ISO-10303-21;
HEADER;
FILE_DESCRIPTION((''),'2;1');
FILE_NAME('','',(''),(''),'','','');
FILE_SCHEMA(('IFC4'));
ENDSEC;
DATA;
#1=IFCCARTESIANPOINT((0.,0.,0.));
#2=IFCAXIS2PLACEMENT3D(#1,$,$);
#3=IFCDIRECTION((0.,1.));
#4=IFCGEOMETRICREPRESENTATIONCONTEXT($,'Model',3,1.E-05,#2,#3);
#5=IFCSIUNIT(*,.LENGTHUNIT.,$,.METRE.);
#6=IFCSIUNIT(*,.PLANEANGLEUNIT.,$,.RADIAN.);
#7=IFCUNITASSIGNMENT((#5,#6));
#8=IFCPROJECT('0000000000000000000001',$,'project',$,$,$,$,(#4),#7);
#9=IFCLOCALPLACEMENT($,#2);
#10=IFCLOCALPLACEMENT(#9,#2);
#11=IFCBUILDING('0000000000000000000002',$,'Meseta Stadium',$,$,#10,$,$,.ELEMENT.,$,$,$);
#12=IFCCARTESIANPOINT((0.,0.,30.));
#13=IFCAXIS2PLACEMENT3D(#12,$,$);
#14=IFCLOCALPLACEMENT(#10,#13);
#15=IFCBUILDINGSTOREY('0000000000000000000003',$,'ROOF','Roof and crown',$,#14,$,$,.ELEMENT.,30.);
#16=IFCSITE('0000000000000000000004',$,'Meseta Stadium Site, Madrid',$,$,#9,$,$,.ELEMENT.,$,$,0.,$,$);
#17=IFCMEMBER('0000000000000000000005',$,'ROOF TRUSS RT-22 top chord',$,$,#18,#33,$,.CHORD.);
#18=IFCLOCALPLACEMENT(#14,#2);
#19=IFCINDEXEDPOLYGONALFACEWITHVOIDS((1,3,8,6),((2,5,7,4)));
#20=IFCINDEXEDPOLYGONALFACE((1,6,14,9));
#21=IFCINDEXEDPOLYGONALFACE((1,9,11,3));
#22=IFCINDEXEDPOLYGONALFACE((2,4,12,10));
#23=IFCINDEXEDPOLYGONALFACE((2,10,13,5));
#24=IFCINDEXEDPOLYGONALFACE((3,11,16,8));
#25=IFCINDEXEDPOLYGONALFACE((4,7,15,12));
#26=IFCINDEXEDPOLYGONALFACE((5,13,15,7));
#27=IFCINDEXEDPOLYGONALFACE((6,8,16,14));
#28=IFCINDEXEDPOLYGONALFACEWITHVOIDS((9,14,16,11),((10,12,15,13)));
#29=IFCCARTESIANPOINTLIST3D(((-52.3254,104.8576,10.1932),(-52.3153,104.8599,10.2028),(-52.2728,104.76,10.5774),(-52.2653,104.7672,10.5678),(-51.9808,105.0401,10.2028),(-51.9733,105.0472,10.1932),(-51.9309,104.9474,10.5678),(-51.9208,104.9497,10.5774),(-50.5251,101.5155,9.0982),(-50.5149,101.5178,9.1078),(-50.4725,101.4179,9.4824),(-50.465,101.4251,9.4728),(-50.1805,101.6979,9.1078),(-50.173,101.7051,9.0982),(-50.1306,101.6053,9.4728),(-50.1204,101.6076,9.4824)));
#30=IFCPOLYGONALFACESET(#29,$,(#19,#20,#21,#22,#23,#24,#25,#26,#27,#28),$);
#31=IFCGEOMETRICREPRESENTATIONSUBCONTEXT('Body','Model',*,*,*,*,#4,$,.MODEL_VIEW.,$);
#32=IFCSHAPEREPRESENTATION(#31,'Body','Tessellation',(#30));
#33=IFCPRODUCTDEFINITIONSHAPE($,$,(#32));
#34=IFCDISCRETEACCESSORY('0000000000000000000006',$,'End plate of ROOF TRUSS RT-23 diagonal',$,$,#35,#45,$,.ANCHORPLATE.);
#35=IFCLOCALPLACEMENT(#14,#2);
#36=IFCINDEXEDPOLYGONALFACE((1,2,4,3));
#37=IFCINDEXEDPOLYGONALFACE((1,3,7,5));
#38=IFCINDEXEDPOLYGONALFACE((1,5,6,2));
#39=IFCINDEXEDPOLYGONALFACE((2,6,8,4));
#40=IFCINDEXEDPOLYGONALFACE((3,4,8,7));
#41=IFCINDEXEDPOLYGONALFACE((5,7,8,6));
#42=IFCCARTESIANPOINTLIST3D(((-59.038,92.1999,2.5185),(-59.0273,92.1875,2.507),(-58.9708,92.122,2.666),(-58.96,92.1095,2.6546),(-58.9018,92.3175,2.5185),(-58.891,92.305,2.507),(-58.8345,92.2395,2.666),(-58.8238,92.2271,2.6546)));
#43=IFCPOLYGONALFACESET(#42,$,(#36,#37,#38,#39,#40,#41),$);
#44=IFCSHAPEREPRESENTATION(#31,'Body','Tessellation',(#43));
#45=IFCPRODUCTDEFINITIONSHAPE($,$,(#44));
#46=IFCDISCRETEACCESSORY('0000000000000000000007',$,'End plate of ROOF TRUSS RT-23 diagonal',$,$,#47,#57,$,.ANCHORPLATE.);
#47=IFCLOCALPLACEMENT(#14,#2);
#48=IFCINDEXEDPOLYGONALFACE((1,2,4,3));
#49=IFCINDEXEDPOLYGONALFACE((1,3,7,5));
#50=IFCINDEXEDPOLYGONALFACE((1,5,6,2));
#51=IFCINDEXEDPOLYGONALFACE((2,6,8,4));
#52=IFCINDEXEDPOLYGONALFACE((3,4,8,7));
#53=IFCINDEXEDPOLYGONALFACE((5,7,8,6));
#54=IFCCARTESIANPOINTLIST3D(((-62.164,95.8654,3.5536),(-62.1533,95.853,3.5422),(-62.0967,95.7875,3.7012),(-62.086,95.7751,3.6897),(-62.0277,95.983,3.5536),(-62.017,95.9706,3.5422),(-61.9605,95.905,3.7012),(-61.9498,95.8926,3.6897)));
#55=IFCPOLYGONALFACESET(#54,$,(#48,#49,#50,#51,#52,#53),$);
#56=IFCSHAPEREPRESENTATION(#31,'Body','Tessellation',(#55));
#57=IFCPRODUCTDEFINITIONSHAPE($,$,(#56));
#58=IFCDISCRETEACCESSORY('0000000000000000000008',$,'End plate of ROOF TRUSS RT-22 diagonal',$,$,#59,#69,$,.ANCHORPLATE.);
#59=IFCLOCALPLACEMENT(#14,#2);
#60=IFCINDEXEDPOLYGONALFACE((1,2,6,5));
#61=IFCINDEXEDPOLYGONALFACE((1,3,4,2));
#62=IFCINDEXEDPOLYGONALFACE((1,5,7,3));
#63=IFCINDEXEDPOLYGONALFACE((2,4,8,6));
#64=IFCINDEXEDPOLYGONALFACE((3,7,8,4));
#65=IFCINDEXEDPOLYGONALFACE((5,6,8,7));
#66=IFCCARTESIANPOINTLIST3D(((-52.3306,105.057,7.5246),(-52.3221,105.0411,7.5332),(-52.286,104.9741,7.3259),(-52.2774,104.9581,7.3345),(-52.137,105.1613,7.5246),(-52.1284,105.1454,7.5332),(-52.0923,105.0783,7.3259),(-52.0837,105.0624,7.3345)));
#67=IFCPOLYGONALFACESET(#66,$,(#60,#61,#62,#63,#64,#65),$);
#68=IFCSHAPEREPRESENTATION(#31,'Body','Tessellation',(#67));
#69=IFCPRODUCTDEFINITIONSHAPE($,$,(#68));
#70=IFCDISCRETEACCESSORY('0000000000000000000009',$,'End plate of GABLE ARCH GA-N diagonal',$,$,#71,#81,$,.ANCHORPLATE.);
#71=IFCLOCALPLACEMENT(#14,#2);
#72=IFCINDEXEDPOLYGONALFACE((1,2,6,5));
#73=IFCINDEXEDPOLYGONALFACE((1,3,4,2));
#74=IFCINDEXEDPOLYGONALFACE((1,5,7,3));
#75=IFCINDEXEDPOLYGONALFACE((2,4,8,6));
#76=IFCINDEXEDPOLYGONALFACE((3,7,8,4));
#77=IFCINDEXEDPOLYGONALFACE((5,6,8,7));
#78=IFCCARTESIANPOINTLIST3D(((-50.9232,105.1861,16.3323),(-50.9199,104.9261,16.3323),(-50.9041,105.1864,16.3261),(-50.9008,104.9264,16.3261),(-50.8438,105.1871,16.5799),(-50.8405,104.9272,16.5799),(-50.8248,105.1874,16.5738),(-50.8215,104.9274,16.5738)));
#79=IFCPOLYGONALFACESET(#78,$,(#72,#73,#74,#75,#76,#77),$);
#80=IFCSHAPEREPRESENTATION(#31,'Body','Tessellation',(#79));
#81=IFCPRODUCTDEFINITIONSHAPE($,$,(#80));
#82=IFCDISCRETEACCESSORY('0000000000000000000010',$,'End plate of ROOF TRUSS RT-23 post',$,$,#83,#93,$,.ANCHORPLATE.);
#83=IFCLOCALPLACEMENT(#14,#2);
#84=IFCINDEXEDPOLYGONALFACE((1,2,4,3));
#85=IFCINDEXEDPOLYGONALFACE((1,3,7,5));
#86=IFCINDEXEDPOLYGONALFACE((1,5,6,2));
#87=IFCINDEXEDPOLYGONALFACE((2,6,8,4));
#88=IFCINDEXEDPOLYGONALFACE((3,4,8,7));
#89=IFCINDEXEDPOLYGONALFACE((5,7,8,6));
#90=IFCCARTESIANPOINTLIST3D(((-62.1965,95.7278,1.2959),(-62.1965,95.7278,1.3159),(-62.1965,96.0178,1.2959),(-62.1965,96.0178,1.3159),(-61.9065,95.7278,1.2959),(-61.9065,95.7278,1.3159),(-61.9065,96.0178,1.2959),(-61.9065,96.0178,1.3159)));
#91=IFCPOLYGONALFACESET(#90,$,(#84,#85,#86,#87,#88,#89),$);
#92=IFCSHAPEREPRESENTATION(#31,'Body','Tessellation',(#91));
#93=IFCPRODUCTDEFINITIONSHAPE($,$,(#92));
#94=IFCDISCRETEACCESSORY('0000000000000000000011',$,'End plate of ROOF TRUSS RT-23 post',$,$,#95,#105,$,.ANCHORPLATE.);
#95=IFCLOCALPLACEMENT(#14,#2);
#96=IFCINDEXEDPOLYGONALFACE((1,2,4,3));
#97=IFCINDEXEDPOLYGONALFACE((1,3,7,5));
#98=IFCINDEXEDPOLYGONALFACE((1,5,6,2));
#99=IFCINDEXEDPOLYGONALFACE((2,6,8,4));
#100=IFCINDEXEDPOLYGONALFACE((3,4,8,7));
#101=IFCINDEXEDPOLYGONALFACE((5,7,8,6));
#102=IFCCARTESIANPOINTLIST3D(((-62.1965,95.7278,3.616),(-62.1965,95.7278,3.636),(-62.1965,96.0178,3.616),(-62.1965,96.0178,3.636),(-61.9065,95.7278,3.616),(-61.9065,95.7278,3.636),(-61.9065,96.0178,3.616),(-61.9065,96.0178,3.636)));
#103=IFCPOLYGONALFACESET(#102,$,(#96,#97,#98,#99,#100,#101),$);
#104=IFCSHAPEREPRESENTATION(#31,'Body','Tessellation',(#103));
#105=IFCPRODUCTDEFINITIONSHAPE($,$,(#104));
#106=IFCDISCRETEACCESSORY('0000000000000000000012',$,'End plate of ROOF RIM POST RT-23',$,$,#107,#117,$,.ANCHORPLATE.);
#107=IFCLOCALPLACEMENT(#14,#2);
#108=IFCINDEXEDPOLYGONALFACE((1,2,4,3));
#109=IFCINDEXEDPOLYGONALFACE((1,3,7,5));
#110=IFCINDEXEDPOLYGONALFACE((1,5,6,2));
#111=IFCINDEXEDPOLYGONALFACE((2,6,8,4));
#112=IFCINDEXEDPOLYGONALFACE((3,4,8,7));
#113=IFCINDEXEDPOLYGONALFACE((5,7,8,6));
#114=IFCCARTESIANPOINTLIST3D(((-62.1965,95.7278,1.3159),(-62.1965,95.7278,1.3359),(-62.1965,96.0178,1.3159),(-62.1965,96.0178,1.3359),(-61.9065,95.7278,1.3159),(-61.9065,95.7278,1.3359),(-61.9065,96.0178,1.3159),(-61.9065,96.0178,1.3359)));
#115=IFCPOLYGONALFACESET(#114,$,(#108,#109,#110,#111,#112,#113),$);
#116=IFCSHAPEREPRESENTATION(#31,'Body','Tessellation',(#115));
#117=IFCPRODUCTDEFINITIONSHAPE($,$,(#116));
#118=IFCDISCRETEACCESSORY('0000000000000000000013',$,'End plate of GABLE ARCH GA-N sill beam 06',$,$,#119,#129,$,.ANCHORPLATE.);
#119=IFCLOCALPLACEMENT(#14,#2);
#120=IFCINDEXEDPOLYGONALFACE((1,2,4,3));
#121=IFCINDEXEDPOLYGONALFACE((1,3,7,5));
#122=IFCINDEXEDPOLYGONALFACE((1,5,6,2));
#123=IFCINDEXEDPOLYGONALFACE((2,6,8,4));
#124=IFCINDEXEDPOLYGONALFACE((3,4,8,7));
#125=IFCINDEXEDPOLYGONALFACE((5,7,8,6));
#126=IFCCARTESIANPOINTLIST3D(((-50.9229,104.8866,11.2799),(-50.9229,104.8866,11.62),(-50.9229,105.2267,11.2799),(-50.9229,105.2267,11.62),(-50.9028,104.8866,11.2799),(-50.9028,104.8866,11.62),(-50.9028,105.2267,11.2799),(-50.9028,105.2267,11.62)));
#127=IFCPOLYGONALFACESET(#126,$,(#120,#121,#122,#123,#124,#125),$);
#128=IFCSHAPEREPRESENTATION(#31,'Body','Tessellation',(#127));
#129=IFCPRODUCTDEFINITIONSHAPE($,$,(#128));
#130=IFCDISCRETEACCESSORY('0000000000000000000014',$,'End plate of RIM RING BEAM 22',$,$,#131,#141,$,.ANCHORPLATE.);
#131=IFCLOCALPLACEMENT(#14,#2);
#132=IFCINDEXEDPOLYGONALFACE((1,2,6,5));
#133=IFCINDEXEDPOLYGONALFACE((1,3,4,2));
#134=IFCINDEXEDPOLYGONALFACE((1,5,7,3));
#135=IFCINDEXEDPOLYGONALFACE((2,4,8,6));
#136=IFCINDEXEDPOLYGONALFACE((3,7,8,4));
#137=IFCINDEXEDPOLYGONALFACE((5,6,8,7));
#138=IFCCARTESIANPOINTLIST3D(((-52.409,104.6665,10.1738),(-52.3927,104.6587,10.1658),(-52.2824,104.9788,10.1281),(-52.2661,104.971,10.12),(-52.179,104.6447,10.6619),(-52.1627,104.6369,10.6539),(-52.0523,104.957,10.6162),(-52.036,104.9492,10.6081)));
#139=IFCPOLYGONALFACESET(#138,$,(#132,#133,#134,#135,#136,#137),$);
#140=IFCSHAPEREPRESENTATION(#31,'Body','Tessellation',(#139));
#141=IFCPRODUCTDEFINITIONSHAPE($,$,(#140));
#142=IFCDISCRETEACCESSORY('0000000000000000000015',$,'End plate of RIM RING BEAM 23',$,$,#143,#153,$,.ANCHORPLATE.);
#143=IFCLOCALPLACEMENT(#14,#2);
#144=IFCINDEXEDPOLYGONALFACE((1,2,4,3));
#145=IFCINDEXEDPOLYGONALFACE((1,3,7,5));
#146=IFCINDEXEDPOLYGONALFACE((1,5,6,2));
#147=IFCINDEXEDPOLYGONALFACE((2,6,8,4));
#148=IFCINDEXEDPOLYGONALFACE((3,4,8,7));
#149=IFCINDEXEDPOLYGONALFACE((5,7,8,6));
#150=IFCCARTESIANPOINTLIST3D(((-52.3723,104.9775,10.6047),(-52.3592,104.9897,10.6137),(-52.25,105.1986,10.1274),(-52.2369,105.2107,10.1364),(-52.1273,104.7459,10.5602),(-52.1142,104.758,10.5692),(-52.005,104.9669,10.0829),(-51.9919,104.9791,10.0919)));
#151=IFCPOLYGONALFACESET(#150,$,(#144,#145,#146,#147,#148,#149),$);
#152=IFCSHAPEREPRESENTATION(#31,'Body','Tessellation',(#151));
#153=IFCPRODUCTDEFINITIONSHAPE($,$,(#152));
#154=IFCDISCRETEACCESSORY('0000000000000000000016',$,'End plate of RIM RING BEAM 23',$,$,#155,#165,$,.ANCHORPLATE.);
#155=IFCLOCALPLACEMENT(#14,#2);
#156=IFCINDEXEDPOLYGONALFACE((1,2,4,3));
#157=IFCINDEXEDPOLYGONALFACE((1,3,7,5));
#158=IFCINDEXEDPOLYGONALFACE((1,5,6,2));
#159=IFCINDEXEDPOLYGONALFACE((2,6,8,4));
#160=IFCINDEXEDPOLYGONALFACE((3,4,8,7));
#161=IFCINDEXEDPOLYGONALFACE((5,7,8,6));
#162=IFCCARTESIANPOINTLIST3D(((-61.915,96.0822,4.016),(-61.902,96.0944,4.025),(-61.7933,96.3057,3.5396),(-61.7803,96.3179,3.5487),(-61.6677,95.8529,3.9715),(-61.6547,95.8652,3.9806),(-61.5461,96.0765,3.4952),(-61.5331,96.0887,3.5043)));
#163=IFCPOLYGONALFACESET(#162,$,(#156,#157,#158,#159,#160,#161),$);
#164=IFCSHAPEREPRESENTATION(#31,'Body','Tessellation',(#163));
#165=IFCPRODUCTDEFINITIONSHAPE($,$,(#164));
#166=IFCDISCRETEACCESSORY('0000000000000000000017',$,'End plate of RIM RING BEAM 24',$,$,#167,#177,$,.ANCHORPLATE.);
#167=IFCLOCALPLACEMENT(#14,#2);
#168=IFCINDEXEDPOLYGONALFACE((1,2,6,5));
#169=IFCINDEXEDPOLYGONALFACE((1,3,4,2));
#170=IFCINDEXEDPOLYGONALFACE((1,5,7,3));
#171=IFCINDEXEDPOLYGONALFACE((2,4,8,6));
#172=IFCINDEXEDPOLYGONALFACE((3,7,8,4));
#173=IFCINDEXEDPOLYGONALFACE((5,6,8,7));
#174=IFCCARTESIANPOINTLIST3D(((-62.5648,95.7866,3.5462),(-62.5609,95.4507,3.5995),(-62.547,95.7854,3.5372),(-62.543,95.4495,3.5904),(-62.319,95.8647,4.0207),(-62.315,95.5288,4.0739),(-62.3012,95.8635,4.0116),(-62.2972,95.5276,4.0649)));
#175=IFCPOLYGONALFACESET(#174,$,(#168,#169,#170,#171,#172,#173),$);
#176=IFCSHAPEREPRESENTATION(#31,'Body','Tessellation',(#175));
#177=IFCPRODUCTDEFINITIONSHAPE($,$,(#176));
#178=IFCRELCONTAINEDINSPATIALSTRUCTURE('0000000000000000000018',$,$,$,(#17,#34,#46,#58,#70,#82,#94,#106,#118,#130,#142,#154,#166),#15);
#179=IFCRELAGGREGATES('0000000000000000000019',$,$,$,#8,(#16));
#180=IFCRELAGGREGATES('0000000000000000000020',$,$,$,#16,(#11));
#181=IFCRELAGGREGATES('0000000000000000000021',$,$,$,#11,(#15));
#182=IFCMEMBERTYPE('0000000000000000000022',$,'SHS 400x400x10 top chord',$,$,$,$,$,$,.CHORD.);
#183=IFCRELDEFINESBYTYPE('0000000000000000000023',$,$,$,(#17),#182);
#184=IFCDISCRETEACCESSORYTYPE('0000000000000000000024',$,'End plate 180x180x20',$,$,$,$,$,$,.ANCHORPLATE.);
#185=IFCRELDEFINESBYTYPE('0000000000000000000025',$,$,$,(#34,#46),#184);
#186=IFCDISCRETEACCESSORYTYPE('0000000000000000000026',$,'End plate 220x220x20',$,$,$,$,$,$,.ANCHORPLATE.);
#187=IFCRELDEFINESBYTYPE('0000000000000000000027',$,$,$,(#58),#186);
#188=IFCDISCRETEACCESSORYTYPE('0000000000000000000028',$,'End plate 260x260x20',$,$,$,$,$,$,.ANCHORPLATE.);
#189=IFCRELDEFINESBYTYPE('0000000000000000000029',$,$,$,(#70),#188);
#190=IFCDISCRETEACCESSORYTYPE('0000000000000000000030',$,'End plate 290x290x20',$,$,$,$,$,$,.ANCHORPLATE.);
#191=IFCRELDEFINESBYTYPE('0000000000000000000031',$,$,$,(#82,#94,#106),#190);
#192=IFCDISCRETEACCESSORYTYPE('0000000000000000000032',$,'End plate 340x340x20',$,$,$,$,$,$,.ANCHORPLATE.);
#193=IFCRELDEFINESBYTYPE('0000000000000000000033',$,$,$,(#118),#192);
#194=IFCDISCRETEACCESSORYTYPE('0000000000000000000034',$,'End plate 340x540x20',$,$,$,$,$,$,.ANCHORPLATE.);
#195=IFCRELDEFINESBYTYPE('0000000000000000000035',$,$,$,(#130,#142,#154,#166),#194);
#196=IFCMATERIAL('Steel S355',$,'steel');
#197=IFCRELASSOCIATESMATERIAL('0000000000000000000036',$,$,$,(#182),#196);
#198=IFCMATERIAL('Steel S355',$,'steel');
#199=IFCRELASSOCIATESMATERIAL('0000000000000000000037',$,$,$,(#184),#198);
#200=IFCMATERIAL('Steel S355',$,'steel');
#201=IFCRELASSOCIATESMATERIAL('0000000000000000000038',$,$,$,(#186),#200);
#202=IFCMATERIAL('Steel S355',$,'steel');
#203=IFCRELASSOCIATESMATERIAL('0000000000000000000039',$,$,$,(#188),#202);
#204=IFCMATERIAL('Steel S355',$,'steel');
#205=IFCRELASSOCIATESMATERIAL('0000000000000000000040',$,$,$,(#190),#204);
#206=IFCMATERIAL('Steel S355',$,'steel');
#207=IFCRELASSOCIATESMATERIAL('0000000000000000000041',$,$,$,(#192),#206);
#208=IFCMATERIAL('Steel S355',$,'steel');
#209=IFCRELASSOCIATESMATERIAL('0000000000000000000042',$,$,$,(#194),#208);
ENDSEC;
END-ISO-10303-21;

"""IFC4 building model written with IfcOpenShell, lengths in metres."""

from ifc_helpers import new_model, si_unit, direction, frame, origin, origin_2d, place, context, subcontext, project, spatial, rectangle, hollow_rectangle, extrude, material, material_profile, profile_set, type_object, element, save


model = new_model("IFC4")

# Units and contexts
model_context = context("Model", 3, precision=1e-05, world=origin(), true_north=direction((0.0, 1.0)))
body_context = subcontext(model_context, "Body", "Model", "MODEL_VIEW")
ifc_project = project(units=[si_unit("LENGTHUNIT", "METRE"), si_unit("PLANEANGLEUNIT", "RADIAN")], contexts=[model_context])

# Site, building, storey
site_placement = place(None, origin())
site = spatial("IfcSite", under=ifc_project, at=site_placement, Name="Meseta Stadium Site, Madrid", CompositionType="ELEMENT", RefElevation=0.0)
building_placement = place(site_placement, origin())
building = spatial("IfcBuilding", under=site, at=building_placement, Name="Meseta Stadium", CompositionType="ELEMENT")
storey_placement = place(building_placement, frame((0.0, 0.0, 30.0)))
storey = spatial("IfcBuildingStorey", under=building, at=storey_placement, Name="ROOF", Description="Roof and crown", CompositionType="ELEMENT", Elevation=30.0)

# Member
ifc_material_1 = material(Name="Steel S355", Category="steel")
ifc_material_profile_1 = material_profile(ifc_material_1, hollow_rectangle(XDim=0.3999, YDim=0.3999, WallThickness=0.01, at=origin_2d()), Name="SHS 400x400x10")
ifc_profile_set_1 = profile_set([ifc_material_profile_1], Name="Steel S355")
member_type_1 = type_object("IfcMemberType", Name="SHS 400x400x10 top chord", PredefinedType="CHORD", material=ifc_profile_set_1)
member_1_placement = place(storey_placement, frame((-50.3228, 101.5615, 9.2903), z_axis=(-0.455672, 0.845903, 0.277148), x_axis=(-0.880391, -0.474249, 0.0)))
element("IfcMember", 1, at=member_1_placement, inside=storey, type_object=member_type_1, Name="ROOF TRUSS RT-22 top chord", PredefinedType="CHORD", context=body_context, shape_type="SweptSolid", body=[
    extrude(hollow_rectangle(XDim=0.3999, YDim=0.3999, WallThickness=0.01, at=origin_2d()), origin(), (0.0, 0.0, 1.0), 3.9509),
])

# Discrete accessories
ifc_material_2 = material(Name="Steel S355", Category="steel")
ifc_material_profile_2 = material_profile(ifc_material_2, rectangle(XDim=0.1799, YDim=0.1799, at=origin_2d()), Name="PL 180x180")
ifc_profile_set_2 = profile_set([ifc_material_profile_2], Name="Steel S355")
discrete_accessory_type_1 = type_object("IfcDiscreteAccessoryType", Name="End plate 180x180x20", PredefinedType="ANCHORPLATE", material=ifc_profile_set_2)
for number, where, z_axis, x_axis, name in (
    (2, (-58.9255, 92.2073, 2.5808), (-0.53571, 0.620936, 0.572235), (-0.757157, -0.653233, 0.0), "End plate of ROOF TRUSS RT-23 diagonal"),
    (3, (-62.0515, 95.8728, 3.616), (-0.53571, 0.620936, 0.572235), (-0.757157, -0.653233, 0.0), "End plate of ROOF TRUSS RT-23 diagonal"),
):
    element("IfcDiscreteAccessory", number, at=place(storey_placement, frame(where, z_axis=z_axis, x_axis=x_axis)), inside=storey, type_object=discrete_accessory_type_1, Name=name, PredefinedType="ANCHORPLATE", context=body_context, shape_type="SweptSolid", body=[
        extrude(rectangle(XDim=0.1799, YDim=0.1799, at=origin_2d()), origin(), (0.0, 0.0, 1.0), 0.02),
    ])
ifc_material_3 = material(Name="Steel S355", Category="steel")
ifc_material_profile_3 = material_profile(ifc_material_3, rectangle(XDim=0.22, YDim=0.22, at=origin_2d()), Name="PL 220x220")
ifc_profile_set_3 = profile_set([ifc_material_profile_3], Name="Steel S355")
discrete_accessory_type_2 = type_object("IfcDiscreteAccessoryType", Name="End plate 220x220x20", PredefinedType="ANCHORPLATE", material=ifc_profile_set_3)
discrete_accessory_1_placement = place(storey_placement, frame((-52.2029, 105.0518, 7.4338), z_axis=(-0.428393, 0.795587, -0.428393), x_axis=(-0.880471, -0.4741, 0.0)))
element("IfcDiscreteAccessory", 4, at=discrete_accessory_1_placement, inside=storey, type_object=discrete_accessory_type_2, Name="End plate of ROOF TRUSS RT-22 diagonal", PredefinedType="ANCHORPLATE", context=body_context, shape_type="SweptSolid", body=[
    extrude(rectangle(XDim=0.22, YDim=0.22, at=origin_2d()), origin(), (0.0, 0.0, 1.0), 0.02),
])
ifc_material_4 = material(Name="Steel S355", Category="steel")
ifc_material_profile_4 = material_profile(ifc_material_4, rectangle(XDim=0.26, YDim=0.26, at=origin_2d()), Name="PL 260x260")
ifc_profile_set_4 = profile_set([ifc_material_profile_4], Name="Steel S355")
discrete_accessory_type_3 = type_object("IfcDiscreteAccessoryType", Name="End plate 260x260x20", PredefinedType="ANCHORPLATE", material=ifc_profile_set_4)
discrete_accessory_2_placement = place(storey_placement, frame((-50.8628, 105.0569, 16.45), z_axis=(-0.952211, -0.012208, 0.305196), x_axis=(0.012819, -0.999918, 0.0)))
element("IfcDiscreteAccessory", 5, at=discrete_accessory_2_placement, inside=storey, type_object=discrete_accessory_type_3, Name="End plate of GABLE ARCH GA-N diagonal", PredefinedType="ANCHORPLATE", context=body_context, shape_type="SweptSolid", body=[
    extrude(rectangle(XDim=0.26, YDim=0.26, at=origin_2d()), origin(), (0.0, 0.0, 1.0), 0.02),
])
ifc_material_5 = material(Name="Steel S355", Category="steel")
ifc_material_profile_5 = material_profile(ifc_material_5, rectangle(XDim=0.29, YDim=0.29, at=origin_2d()), Name="PL 290x290")
ifc_profile_set_5 = profile_set([ifc_material_profile_5], Name="Steel S355")
discrete_accessory_type_4 = type_object("IfcDiscreteAccessoryType", Name="End plate 290x290x20", PredefinedType="ANCHORPLATE", material=ifc_profile_set_5)
for number, where, z_axis, x_axis, name in (
    (6, (-62.0515, 95.8728, 1.2959), (0.0, 0.0, 1.0), (1.0, 0.0, 0.0), "End plate of ROOF TRUSS RT-23 post"),
    (7, (-62.0515, 95.8728, 3.616), (0.0, 0.0, 1.0), (1.0, 0.0, 0.0), "End plate of ROOF TRUSS RT-23 post"),
    (8, (-62.0515, 95.8728, 1.3159), (0.0, 0.0, 1.0), (1.0, 0.0, 0.0), "End plate of ROOF RIM POST RT-23"),
):
    element("IfcDiscreteAccessory", number, at=place(storey_placement, frame(where, z_axis=z_axis, x_axis=x_axis)), inside=storey, type_object=discrete_accessory_type_4, Name=name, PredefinedType="ANCHORPLATE", context=body_context, shape_type="SweptSolid", body=[
        extrude(rectangle(XDim=0.29, YDim=0.29, at=origin_2d()), origin(), (0.0, 0.0, 1.0), 0.02),
    ])
ifc_material_6 = material(Name="Steel S355", Category="steel")
ifc_material_profile_6 = material_profile(ifc_material_6, rectangle(XDim=0.3401, YDim=0.3401, at=origin_2d()), Name="PL 340x340")
ifc_profile_set_6 = profile_set([ifc_material_profile_6], Name="Steel S355")
discrete_accessory_type_5 = type_object("IfcDiscreteAccessoryType", Name="End plate 340x340x20", PredefinedType="ANCHORPLATE", material=ifc_profile_set_6)
discrete_accessory_3_placement = place(storey_placement, frame((-50.9028, 105.0566, 11.45), z_axis=(-1.0, 0.0, 0.0), x_axis=(0.0, -1.0, 0.0)))
element("IfcDiscreteAccessory", 9, at=discrete_accessory_3_placement, inside=storey, type_object=discrete_accessory_type_5, Name="End plate of GABLE ARCH GA-N sill beam 06", PredefinedType="ANCHORPLATE", context=body_context, shape_type="SweptSolid", body=[
    extrude(rectangle(XDim=0.3401, YDim=0.3401, at=origin_2d()), origin(), (0.0, 0.0, 1.0), 0.02),
])
ifc_material_7 = material(Name="Steel S355", Category="steel")
ifc_material_profile_7 = material_profile(ifc_material_7, rectangle(XDim=0.3401, YDim=0.54, at=origin_2d()), Name="PL 340x540")
ifc_profile_set_7 = profile_set([ifc_material_profile_7], Name="Steel S355")
discrete_accessory_type_6 = type_object("IfcDiscreteAccessoryType", Name="End plate 340x540x20", PredefinedType="ANCHORPLATE", material=ifc_profile_set_7)
discrete_accessory_4_placement = place(storey_placement, frame((-52.2144, 104.804, 10.387), z_axis=(-0.824588, 0.393833, 0.40614), x_axis=(-0.372331, -0.918299, 0.134527)))
element("IfcDiscreteAccessory", 10, at=discrete_accessory_4_placement, inside=storey, type_object=discrete_accessory_type_6, Name="End plate of RIM RING BEAM 22", PredefinedType="ANCHORPLATE", context=body_context, shape_type="SweptSolid", body=[
    extrude(rectangle(XDim=0.3401, YDim=0.54, at=origin_2d()), origin(), (0.0, 0.0, 1.0), 0.0198),
])
for number, where, z_axis, x_axis, name in (
    (11, (-52.1755, 104.9844, 10.3528), (-0.65557, -0.607009, -0.449187), (0.720362, -0.681138, -0.130882), "End plate of RIM RING BEAM 23"),
    (12, (-61.7175, 96.0916, 3.7646), (-0.648564, -0.611853, -0.452771), (0.727064, -0.674031, -0.130617), "End plate of RIM RING BEAM 23"),
    (13, (-62.4221, 95.6565, 3.801), (-0.89031, 0.06098, 0.451253), (0.011705, -0.9876, 0.156552), "End plate of RIM RING BEAM 24"),
):
    element("IfcDiscreteAccessory", number, at=place(storey_placement, frame(where, z_axis=z_axis, x_axis=x_axis)), inside=storey, type_object=discrete_accessory_type_6, Name=name, PredefinedType="ANCHORPLATE", context=body_context, shape_type="SweptSolid", body=[
        extrude(rectangle(XDim=0.3401, YDim=0.54, at=origin_2d()), origin(), (0.0, 0.0, 1.0), 0.02),
    ])

save(model, "model.ifc")
